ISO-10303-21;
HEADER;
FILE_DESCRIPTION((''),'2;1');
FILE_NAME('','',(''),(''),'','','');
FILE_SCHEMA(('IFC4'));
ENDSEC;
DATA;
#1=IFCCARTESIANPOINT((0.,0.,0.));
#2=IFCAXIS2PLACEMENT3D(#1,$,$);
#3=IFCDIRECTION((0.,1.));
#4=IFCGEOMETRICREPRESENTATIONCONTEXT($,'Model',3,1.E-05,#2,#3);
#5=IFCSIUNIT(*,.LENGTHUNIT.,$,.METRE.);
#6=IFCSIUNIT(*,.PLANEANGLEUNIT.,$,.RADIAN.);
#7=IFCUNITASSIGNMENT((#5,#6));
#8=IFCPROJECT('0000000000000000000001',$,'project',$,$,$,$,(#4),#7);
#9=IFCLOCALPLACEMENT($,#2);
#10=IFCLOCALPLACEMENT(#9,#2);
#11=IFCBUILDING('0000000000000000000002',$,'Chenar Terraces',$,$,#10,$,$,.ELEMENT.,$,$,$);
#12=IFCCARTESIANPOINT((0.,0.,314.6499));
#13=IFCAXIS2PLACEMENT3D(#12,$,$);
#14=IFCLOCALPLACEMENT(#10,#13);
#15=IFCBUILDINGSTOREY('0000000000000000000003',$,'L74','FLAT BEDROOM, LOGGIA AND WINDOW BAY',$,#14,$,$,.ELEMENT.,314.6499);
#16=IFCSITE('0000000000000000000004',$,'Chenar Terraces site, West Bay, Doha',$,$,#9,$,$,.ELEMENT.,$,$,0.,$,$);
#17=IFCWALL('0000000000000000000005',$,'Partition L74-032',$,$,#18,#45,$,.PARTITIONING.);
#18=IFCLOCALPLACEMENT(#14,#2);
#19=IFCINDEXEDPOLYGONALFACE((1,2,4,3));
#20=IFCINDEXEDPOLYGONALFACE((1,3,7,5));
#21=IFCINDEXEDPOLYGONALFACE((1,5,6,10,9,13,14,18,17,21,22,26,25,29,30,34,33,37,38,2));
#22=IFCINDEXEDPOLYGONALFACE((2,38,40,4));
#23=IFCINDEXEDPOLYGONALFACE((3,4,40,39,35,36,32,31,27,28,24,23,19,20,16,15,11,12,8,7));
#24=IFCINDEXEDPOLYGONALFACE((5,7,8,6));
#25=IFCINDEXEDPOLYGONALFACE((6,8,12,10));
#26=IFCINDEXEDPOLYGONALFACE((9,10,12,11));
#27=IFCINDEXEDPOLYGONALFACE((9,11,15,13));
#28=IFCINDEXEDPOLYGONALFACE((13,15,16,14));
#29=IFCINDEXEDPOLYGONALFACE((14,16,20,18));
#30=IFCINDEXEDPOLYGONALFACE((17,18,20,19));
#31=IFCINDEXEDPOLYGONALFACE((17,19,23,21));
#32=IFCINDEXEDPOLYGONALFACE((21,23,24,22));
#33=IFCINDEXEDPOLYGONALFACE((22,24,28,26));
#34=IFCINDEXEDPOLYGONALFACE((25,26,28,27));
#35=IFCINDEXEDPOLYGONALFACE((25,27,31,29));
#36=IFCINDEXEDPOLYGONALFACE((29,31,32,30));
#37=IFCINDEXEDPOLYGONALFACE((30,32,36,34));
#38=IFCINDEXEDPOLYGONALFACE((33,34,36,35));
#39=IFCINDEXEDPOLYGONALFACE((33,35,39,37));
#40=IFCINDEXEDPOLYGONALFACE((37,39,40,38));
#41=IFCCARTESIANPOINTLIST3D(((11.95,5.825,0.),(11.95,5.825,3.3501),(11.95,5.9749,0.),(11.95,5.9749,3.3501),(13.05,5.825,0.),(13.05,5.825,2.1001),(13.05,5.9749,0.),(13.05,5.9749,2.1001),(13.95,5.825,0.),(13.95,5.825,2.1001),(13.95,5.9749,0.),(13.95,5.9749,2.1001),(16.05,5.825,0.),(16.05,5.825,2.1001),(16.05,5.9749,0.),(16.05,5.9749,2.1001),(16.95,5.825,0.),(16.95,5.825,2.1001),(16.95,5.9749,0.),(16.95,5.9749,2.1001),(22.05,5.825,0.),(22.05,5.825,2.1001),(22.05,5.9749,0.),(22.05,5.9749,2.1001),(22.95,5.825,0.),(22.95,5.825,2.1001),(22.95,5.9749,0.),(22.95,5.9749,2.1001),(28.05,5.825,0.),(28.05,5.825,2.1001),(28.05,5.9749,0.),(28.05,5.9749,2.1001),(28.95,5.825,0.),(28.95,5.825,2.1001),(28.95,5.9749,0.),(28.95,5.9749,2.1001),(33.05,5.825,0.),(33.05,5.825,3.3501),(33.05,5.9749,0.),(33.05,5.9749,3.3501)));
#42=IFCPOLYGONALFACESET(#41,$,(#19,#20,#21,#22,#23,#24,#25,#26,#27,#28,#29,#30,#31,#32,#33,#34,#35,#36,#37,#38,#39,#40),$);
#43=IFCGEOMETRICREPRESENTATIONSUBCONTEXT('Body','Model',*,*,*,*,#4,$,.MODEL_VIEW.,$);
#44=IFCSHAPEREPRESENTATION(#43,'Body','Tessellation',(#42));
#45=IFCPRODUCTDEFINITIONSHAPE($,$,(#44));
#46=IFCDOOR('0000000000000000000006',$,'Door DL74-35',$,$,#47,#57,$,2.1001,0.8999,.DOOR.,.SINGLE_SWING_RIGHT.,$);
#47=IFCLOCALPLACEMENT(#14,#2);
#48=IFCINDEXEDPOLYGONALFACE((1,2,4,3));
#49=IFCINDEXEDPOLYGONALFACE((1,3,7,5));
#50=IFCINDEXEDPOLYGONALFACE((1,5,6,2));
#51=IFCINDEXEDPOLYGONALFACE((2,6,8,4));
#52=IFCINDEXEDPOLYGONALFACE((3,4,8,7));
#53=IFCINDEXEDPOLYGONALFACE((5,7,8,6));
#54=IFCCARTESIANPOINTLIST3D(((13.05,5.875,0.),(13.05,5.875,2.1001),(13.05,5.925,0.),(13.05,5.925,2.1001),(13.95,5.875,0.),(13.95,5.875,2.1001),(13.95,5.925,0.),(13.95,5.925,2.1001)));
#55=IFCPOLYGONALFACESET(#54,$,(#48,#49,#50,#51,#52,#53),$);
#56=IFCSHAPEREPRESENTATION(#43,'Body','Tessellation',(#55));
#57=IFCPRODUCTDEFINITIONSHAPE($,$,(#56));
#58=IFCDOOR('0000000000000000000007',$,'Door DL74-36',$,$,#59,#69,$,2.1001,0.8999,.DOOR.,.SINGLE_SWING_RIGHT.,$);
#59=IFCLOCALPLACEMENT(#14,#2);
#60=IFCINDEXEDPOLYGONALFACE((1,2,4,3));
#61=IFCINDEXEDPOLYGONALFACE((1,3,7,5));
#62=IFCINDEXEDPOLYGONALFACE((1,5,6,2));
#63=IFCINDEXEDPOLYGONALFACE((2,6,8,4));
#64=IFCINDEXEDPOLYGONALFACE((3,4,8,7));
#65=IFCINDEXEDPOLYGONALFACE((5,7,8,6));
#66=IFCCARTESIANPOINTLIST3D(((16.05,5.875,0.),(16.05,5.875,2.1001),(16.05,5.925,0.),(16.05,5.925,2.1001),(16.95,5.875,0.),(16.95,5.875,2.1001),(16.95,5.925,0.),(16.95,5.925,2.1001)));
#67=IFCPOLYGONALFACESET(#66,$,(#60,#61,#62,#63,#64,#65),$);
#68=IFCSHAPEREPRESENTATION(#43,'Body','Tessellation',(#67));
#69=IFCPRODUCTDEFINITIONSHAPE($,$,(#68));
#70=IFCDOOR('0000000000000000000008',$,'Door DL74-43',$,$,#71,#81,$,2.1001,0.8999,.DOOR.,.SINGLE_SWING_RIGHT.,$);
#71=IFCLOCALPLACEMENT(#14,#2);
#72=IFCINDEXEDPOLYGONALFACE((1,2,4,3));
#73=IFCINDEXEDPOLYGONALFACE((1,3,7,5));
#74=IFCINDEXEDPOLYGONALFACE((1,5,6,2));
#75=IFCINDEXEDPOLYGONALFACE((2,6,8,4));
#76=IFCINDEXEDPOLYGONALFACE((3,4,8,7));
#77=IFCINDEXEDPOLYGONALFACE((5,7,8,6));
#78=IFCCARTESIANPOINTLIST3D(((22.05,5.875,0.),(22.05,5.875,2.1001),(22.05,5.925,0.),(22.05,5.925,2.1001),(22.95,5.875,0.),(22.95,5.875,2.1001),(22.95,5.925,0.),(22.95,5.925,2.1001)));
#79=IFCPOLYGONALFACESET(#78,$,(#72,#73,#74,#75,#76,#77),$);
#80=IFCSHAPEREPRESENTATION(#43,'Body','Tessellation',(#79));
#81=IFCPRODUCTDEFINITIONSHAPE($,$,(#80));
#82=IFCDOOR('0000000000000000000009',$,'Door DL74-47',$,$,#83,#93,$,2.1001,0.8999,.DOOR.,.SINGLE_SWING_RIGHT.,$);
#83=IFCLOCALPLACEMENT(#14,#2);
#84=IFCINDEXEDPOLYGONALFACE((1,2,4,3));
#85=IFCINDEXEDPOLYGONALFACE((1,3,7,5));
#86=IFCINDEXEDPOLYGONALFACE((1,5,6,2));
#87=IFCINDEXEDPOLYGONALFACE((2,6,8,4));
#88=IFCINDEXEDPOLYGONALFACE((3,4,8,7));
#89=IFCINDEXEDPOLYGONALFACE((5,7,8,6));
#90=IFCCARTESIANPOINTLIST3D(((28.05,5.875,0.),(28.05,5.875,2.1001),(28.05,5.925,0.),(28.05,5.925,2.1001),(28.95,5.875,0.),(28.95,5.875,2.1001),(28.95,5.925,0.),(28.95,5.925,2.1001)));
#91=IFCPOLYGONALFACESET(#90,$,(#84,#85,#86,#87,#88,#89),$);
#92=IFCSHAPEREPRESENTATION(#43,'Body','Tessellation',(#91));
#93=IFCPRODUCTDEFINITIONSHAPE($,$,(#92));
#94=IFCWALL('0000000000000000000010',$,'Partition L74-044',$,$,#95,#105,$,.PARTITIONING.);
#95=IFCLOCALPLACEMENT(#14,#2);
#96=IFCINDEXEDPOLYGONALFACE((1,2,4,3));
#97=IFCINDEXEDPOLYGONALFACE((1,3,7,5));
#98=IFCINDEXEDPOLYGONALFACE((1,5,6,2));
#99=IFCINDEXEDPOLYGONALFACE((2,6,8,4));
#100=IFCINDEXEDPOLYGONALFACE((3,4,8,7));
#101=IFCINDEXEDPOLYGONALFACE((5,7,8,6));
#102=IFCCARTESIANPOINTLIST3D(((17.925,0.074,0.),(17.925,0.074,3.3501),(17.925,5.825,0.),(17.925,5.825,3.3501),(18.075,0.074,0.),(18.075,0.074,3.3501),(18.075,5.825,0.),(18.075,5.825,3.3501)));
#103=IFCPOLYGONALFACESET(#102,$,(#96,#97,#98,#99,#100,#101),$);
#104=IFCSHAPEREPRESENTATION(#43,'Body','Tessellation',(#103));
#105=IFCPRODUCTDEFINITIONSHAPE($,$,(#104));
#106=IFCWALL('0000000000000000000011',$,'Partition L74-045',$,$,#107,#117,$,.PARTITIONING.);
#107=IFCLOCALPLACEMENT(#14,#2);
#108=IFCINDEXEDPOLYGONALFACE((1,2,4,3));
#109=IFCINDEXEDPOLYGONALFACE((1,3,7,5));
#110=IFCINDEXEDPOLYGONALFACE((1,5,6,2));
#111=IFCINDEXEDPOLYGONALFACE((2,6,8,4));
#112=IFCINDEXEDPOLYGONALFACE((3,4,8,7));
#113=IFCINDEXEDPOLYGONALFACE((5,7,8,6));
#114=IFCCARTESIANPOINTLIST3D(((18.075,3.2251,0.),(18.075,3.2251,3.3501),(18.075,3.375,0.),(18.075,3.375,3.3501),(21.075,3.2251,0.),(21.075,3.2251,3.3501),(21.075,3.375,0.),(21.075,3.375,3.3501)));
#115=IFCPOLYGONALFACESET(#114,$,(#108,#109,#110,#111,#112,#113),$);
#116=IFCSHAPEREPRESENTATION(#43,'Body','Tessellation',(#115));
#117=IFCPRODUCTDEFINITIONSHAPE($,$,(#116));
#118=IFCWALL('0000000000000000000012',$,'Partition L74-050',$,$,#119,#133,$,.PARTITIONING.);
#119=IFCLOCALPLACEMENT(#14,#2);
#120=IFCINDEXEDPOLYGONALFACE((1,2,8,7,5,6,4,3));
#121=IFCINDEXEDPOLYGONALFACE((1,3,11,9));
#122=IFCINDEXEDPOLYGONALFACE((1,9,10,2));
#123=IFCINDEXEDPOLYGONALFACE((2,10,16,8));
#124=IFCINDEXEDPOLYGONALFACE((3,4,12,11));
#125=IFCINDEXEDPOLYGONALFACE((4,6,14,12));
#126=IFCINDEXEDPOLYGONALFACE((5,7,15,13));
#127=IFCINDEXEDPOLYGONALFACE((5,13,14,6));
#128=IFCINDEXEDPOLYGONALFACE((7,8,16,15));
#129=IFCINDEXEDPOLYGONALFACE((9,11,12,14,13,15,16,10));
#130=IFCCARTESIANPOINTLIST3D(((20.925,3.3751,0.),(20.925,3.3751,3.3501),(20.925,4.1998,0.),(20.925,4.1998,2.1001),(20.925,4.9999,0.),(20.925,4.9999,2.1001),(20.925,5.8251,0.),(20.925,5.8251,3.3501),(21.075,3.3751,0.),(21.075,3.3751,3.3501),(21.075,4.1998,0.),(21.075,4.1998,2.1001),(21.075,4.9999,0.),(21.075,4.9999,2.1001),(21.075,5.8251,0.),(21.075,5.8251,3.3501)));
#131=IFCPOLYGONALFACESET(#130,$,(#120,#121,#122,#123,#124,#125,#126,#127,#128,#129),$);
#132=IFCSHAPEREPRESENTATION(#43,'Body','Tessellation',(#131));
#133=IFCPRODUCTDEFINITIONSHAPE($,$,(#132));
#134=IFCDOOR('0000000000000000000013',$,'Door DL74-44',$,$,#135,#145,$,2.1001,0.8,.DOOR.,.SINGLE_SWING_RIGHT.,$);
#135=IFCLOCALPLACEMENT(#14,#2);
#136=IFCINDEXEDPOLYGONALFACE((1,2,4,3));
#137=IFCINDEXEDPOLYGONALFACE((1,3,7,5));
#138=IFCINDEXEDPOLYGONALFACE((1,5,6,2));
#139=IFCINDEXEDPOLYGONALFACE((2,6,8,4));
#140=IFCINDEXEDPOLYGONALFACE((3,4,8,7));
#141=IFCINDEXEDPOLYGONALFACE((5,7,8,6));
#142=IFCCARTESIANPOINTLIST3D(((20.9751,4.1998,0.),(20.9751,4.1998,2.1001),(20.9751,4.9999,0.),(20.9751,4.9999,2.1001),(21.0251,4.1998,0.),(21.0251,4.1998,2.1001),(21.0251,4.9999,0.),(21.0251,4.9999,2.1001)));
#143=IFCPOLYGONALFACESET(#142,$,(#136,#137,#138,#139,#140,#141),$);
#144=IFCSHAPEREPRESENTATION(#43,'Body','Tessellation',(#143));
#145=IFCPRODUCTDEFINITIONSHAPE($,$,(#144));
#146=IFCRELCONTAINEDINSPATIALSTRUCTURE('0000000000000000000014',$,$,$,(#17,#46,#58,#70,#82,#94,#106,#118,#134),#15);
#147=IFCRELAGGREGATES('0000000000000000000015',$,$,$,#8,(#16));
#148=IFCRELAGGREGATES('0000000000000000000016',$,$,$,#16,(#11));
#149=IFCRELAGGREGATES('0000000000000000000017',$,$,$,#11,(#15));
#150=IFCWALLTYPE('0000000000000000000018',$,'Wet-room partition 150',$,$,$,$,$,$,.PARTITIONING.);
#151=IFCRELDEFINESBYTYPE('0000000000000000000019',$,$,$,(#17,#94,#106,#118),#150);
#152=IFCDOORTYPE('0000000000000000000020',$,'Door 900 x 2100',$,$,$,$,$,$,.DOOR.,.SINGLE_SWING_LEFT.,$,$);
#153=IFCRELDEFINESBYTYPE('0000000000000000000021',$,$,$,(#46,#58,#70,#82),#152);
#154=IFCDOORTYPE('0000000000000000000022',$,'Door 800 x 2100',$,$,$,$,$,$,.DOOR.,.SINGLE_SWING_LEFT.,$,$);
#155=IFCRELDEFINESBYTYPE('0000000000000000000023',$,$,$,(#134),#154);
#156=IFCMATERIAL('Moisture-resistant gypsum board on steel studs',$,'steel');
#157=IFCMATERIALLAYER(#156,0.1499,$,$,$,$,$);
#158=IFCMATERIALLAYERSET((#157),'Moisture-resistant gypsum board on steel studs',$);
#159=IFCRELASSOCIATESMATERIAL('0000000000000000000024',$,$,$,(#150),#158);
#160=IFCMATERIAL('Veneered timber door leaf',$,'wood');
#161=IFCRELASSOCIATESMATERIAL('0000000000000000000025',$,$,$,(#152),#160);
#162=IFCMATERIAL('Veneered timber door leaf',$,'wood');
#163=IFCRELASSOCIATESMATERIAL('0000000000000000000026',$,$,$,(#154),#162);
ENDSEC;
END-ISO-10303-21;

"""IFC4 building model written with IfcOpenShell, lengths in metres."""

from ifc_helpers import new_model, si_unit, direction, frame, frame_2d, origin, place, context, subcontext, project, spatial, rectangle, extrude, material, layer, layer_set, type_object, element, fill, save


model = new_model("IFC4")

# Units and contexts
model_context = context("Model", 3, precision=1e-05, world=origin(), true_north=direction((0.0, 1.0)))
body_context = subcontext(model_context, "Body", "Model", "MODEL_VIEW")
ifc_project = project(units=[si_unit("LENGTHUNIT", "METRE"), si_unit("PLANEANGLEUNIT", "RADIAN")], contexts=[model_context])

# Site, building, storey
site_placement = place(None, origin())
site = spatial("IfcSite", under=ifc_project, at=site_placement, Name="Chenar Terraces site, West Bay, Doha", CompositionType="ELEMENT", RefElevation=0.0)
building_placement = place(site_placement, origin())
building = spatial("IfcBuilding", under=site, at=building_placement, Name="Chenar Terraces", CompositionType="ELEMENT")
storey_placement = place(building_placement, frame((0.0, 0.0, 314.6499)))
storey = spatial("IfcBuildingStorey", under=building, at=storey_placement, Name="L74", Description="FLAT BEDROOM, LOGGIA AND WINDOW BAY", CompositionType="ELEMENT", Elevation=314.6499)

# Wall, openings, doors
ifc_material_1 = material(Name="Moisture-resistant gypsum board on steel studs", Category="steel")
ifc_layer_1 = layer(ifc_material_1, 0.1499)
ifc_layer_set_1 = layer_set([ifc_layer_1], Name="Moisture-resistant gypsum board on steel studs")
wall_type_1 = type_object("IfcWallType", Name="Wet-room partition 150", PredefinedType="PARTITIONING", material=ifc_layer_set_1)
wall_1_placement = place(storey_placement, frame((11.95, 5.8999, 0.0), z_axis=(0.0, 0.0, 1.0), x_axis=(1.0, 0.0, 0.0)))
wall_1 = element("IfcWall", 1, at=wall_1_placement, inside=storey, type_object=wall_type_1, Name="Partition L74-032", PredefinedType="PARTITIONING", context=body_context, shape_type="SweptSolid", body=[
    extrude(rectangle(XDim=21.1001, YDim=0.1499, at=frame_2d((10.55, 0.0))), origin(), (0.0, 0.0, 1.0), 3.3501),
])
opening_1_placement = place(wall_1_placement, frame((1.1001, 0.0, 0.0)))
opening_1 = element("IfcOpeningElement", 2, at=opening_1_placement, cuts=wall_1, PredefinedType="OPENING", context=body_context, shape_type="SweptSolid", body=[
    extrude(rectangle(XDim=0.8999, YDim=2.1001, at=frame_2d((0.45, 1.05))), frame((0.0, 0.085, 0.0), z_axis=(0.0, -1.0, 0.0), x_axis=(1.0, 0.0, 0.0)), (0.0, 0.0, 1.0), 0.1699),
])
opening_2_placement = place(wall_1_placement, frame((4.1001, 0.0, 0.0)))
opening_2 = element("IfcOpeningElement", 3, at=opening_2_placement, cuts=wall_1, PredefinedType="OPENING", context=body_context, shape_type="SweptSolid", body=[
    extrude(rectangle(XDim=0.8999, YDim=2.1001, at=frame_2d((0.45, 1.05))), frame((0.0, 0.085, 0.0), z_axis=(0.0, -1.0, 0.0), x_axis=(1.0, 0.0, 0.0)), (0.0, 0.0, 1.0), 0.1699),
])
opening_3_placement = place(wall_1_placement, frame((10.1001, 0.0, 0.0)))
opening_3 = element("IfcOpeningElement", 4, at=opening_3_placement, cuts=wall_1, PredefinedType="OPENING", context=body_context, shape_type="SweptSolid", body=[
    extrude(rectangle(XDim=0.8999, YDim=2.1001, at=frame_2d((0.45, 1.05))), frame((0.0, 0.085, 0.0), z_axis=(0.0, -1.0, 0.0), x_axis=(1.0, 0.0, 0.0)), (0.0, 0.0, 1.0), 0.1699),
])
opening_4_placement = place(wall_1_placement, frame((16.1001, 0.0, 0.0)))
opening_4 = element("IfcOpeningElement", 5, at=opening_4_placement, cuts=wall_1, PredefinedType="OPENING", context=body_context, shape_type="SweptSolid", body=[
    extrude(rectangle(XDim=0.8999, YDim=2.1001, at=frame_2d((0.45, 1.05))), frame((0.0, 0.085, 0.0), z_axis=(0.0, -1.0, 0.0), x_axis=(1.0, 0.0, 0.0)), (0.0, 0.0, 1.0), 0.1699),
])
ifc_material_2 = material(Name="Veneered timber door leaf", Category="wood")
door_type_1 = type_object("IfcDoorType", Name="Door 900 x 2100", OperationType="SINGLE_SWING_LEFT", PredefinedType="DOOR", material=ifc_material_2)
door_1_placement = place(opening_1_placement, frame((0.8999, 0.0, 0.0), z_axis=(0.0, 0.0, 1.0), x_axis=(-1.0, 0.0, 0.0)))
door_1 = element("IfcDoor", 6, at=door_1_placement, inside=storey, type_object=door_type_1, Name="Door DL74-35", OperationType="SINGLE_SWING_RIGHT", OverallHeight=2.1001, OverallWidth=0.8999, PredefinedType="DOOR", context=body_context, shape_type="SweptSolid", body=[
    extrude(rectangle(XDim=0.8999, YDim=2.1001, at=frame_2d((0.45, 1.05))), frame((0.0, 0.0249, 0.0), z_axis=(0.0, -1.0, 0.0), x_axis=(1.0, 0.0, 0.0)), (0.0, 0.0, 1.0), 0.05),
])
fill(opening_1, door_1)
door_2_placement = place(opening_2_placement, frame((0.8999, 0.0, 0.0), z_axis=(0.0, 0.0, 1.0), x_axis=(-1.0, 0.0, 0.0)))
door_2 = element("IfcDoor", 7, at=door_2_placement, inside=storey, type_object=door_type_1, Name="Door DL74-36", OperationType="SINGLE_SWING_RIGHT", OverallHeight=2.1001, OverallWidth=0.8999, PredefinedType="DOOR", context=body_context, shape_type="SweptSolid", body=[
    extrude(rectangle(XDim=0.8999, YDim=2.1001, at=frame_2d((0.45, 1.05))), frame((0.0, 0.0249, 0.0), z_axis=(0.0, -1.0, 0.0), x_axis=(1.0, 0.0, 0.0)), (0.0, 0.0, 1.0), 0.05),
])
fill(opening_2, door_2)
door_3_placement = place(opening_3_placement, frame((0.8999, 0.0, 0.0), z_axis=(0.0, 0.0, 1.0), x_axis=(-1.0, 0.0, 0.0)))
door_3 = element("IfcDoor", 8, at=door_3_placement, inside=storey, type_object=door_type_1, Name="Door DL74-43", OperationType="SINGLE_SWING_RIGHT", OverallHeight=2.1001, OverallWidth=0.8999, PredefinedType="DOOR", context=body_context, shape_type="SweptSolid", body=[
    extrude(rectangle(XDim=0.8999, YDim=2.1001, at=frame_2d((0.45, 1.05))), frame((0.0, 0.0249, 0.0), z_axis=(0.0, -1.0, 0.0), x_axis=(1.0, 0.0, 0.0)), (0.0, 0.0, 1.0), 0.05),
])
fill(opening_3, door_3)
door_4_placement = place(opening_4_placement, frame((0.8999, 0.0, 0.0), z_axis=(0.0, 0.0, 1.0), x_axis=(-1.0, 0.0, 0.0)))
door_4 = element("IfcDoor", 9, at=door_4_placement, inside=storey, type_object=door_type_1, Name="Door DL74-47", OperationType="SINGLE_SWING_RIGHT", OverallHeight=2.1001, OverallWidth=0.8999, PredefinedType="DOOR", context=body_context, shape_type="SweptSolid", body=[
    extrude(rectangle(XDim=0.8999, YDim=2.1001, at=frame_2d((0.45, 1.05))), frame((0.0, 0.0249, 0.0), z_axis=(0.0, -1.0, 0.0), x_axis=(1.0, 0.0, 0.0)), (0.0, 0.0, 1.0), 0.05),
])
fill(opening_4, door_4)

# Walls
wall_2_placement = place(storey_placement, frame((18.0, 0.074, 0.0), z_axis=(0.0, 0.0, 1.0), x_axis=(0.0, 1.0, 0.0)))
element("IfcWall", 10, at=wall_2_placement, inside=storey, type_object=wall_type_1, Name="Partition L74-044", PredefinedType="PARTITIONING", context=body_context, shape_type="SweptSolid", body=[
    extrude(rectangle(XDim=5.751, YDim=0.1499, at=frame_2d((2.8755, 0.0))), origin(), (0.0, 0.0, 1.0), 3.3501),
])
wall_3_placement = place(storey_placement, frame((18.075, 3.3, 0.0), z_axis=(0.0, 0.0, 1.0), x_axis=(1.0, 0.0, 0.0)))
element("IfcWall", 11, at=wall_3_placement, inside=storey, type_object=wall_type_1, Name="Partition L74-045", PredefinedType="PARTITIONING", context=body_context, shape_type="SweptSolid", body=[
    extrude(rectangle(XDim=3.0, YDim=0.1499, at=frame_2d((1.5, 0.0))), origin(), (0.0, 0.0, 1.0), 3.3501),
])

# Wall, opening, door
wall_4_placement = place(storey_placement, frame((21.0, 3.375, 0.0), z_axis=(0.0, 0.0, 1.0), x_axis=(0.0, 1.0, 0.0)))
wall_4 = element("IfcWall", 12, at=wall_4_placement, inside=storey, type_object=wall_type_1, Name="Partition L74-050", PredefinedType="PARTITIONING", context=body_context, shape_type="SweptSolid", body=[
    extrude(rectangle(XDim=2.45, YDim=0.1499, at=frame_2d((1.2251, 0.0))), origin(), (0.0, 0.0, 1.0), 3.3501),
])
opening_5_placement = place(wall_4_placement, frame((0.825, 0.0, 0.0)))
opening_5 = element("IfcOpeningElement", 13, at=opening_5_placement, cuts=wall_4, PredefinedType="OPENING", context=body_context, shape_type="SweptSolid", body=[
    extrude(rectangle(XDim=0.8, YDim=2.1001, at=frame_2d((0.3999, 1.05))), frame((0.0, 0.085, 0.0), z_axis=(0.0, -1.0, 0.0), x_axis=(1.0, 0.0, 0.0)), (0.0, 0.0, 1.0), 0.1699),
])
ifc_material_3 = material(Name="Veneered timber door leaf", Category="wood")
door_type_2 = type_object("IfcDoorType", Name="Door 800 x 2100", OperationType="SINGLE_SWING_LEFT", PredefinedType="DOOR", material=ifc_material_3)
door_5_placement = place(opening_5_placement, origin())
door_5 = element("IfcDoor", 14, at=door_5_placement, inside=storey, type_object=door_type_2, Name="Door DL74-44", OperationType="SINGLE_SWING_RIGHT", OverallHeight=2.1001, OverallWidth=0.8, PredefinedType="DOOR", context=body_context, shape_type="SweptSolid", body=[
    extrude(rectangle(XDim=0.8, YDim=2.1001, at=frame_2d((0.3999, 1.05))), frame((0.0, 0.0249, 0.0), z_axis=(0.0, -1.0, 0.0), x_axis=(1.0, 0.0, 0.0)), (0.0, 0.0, 1.0), 0.05),
])
fill(opening_5, door_5)

save(model, "model.ifc")
